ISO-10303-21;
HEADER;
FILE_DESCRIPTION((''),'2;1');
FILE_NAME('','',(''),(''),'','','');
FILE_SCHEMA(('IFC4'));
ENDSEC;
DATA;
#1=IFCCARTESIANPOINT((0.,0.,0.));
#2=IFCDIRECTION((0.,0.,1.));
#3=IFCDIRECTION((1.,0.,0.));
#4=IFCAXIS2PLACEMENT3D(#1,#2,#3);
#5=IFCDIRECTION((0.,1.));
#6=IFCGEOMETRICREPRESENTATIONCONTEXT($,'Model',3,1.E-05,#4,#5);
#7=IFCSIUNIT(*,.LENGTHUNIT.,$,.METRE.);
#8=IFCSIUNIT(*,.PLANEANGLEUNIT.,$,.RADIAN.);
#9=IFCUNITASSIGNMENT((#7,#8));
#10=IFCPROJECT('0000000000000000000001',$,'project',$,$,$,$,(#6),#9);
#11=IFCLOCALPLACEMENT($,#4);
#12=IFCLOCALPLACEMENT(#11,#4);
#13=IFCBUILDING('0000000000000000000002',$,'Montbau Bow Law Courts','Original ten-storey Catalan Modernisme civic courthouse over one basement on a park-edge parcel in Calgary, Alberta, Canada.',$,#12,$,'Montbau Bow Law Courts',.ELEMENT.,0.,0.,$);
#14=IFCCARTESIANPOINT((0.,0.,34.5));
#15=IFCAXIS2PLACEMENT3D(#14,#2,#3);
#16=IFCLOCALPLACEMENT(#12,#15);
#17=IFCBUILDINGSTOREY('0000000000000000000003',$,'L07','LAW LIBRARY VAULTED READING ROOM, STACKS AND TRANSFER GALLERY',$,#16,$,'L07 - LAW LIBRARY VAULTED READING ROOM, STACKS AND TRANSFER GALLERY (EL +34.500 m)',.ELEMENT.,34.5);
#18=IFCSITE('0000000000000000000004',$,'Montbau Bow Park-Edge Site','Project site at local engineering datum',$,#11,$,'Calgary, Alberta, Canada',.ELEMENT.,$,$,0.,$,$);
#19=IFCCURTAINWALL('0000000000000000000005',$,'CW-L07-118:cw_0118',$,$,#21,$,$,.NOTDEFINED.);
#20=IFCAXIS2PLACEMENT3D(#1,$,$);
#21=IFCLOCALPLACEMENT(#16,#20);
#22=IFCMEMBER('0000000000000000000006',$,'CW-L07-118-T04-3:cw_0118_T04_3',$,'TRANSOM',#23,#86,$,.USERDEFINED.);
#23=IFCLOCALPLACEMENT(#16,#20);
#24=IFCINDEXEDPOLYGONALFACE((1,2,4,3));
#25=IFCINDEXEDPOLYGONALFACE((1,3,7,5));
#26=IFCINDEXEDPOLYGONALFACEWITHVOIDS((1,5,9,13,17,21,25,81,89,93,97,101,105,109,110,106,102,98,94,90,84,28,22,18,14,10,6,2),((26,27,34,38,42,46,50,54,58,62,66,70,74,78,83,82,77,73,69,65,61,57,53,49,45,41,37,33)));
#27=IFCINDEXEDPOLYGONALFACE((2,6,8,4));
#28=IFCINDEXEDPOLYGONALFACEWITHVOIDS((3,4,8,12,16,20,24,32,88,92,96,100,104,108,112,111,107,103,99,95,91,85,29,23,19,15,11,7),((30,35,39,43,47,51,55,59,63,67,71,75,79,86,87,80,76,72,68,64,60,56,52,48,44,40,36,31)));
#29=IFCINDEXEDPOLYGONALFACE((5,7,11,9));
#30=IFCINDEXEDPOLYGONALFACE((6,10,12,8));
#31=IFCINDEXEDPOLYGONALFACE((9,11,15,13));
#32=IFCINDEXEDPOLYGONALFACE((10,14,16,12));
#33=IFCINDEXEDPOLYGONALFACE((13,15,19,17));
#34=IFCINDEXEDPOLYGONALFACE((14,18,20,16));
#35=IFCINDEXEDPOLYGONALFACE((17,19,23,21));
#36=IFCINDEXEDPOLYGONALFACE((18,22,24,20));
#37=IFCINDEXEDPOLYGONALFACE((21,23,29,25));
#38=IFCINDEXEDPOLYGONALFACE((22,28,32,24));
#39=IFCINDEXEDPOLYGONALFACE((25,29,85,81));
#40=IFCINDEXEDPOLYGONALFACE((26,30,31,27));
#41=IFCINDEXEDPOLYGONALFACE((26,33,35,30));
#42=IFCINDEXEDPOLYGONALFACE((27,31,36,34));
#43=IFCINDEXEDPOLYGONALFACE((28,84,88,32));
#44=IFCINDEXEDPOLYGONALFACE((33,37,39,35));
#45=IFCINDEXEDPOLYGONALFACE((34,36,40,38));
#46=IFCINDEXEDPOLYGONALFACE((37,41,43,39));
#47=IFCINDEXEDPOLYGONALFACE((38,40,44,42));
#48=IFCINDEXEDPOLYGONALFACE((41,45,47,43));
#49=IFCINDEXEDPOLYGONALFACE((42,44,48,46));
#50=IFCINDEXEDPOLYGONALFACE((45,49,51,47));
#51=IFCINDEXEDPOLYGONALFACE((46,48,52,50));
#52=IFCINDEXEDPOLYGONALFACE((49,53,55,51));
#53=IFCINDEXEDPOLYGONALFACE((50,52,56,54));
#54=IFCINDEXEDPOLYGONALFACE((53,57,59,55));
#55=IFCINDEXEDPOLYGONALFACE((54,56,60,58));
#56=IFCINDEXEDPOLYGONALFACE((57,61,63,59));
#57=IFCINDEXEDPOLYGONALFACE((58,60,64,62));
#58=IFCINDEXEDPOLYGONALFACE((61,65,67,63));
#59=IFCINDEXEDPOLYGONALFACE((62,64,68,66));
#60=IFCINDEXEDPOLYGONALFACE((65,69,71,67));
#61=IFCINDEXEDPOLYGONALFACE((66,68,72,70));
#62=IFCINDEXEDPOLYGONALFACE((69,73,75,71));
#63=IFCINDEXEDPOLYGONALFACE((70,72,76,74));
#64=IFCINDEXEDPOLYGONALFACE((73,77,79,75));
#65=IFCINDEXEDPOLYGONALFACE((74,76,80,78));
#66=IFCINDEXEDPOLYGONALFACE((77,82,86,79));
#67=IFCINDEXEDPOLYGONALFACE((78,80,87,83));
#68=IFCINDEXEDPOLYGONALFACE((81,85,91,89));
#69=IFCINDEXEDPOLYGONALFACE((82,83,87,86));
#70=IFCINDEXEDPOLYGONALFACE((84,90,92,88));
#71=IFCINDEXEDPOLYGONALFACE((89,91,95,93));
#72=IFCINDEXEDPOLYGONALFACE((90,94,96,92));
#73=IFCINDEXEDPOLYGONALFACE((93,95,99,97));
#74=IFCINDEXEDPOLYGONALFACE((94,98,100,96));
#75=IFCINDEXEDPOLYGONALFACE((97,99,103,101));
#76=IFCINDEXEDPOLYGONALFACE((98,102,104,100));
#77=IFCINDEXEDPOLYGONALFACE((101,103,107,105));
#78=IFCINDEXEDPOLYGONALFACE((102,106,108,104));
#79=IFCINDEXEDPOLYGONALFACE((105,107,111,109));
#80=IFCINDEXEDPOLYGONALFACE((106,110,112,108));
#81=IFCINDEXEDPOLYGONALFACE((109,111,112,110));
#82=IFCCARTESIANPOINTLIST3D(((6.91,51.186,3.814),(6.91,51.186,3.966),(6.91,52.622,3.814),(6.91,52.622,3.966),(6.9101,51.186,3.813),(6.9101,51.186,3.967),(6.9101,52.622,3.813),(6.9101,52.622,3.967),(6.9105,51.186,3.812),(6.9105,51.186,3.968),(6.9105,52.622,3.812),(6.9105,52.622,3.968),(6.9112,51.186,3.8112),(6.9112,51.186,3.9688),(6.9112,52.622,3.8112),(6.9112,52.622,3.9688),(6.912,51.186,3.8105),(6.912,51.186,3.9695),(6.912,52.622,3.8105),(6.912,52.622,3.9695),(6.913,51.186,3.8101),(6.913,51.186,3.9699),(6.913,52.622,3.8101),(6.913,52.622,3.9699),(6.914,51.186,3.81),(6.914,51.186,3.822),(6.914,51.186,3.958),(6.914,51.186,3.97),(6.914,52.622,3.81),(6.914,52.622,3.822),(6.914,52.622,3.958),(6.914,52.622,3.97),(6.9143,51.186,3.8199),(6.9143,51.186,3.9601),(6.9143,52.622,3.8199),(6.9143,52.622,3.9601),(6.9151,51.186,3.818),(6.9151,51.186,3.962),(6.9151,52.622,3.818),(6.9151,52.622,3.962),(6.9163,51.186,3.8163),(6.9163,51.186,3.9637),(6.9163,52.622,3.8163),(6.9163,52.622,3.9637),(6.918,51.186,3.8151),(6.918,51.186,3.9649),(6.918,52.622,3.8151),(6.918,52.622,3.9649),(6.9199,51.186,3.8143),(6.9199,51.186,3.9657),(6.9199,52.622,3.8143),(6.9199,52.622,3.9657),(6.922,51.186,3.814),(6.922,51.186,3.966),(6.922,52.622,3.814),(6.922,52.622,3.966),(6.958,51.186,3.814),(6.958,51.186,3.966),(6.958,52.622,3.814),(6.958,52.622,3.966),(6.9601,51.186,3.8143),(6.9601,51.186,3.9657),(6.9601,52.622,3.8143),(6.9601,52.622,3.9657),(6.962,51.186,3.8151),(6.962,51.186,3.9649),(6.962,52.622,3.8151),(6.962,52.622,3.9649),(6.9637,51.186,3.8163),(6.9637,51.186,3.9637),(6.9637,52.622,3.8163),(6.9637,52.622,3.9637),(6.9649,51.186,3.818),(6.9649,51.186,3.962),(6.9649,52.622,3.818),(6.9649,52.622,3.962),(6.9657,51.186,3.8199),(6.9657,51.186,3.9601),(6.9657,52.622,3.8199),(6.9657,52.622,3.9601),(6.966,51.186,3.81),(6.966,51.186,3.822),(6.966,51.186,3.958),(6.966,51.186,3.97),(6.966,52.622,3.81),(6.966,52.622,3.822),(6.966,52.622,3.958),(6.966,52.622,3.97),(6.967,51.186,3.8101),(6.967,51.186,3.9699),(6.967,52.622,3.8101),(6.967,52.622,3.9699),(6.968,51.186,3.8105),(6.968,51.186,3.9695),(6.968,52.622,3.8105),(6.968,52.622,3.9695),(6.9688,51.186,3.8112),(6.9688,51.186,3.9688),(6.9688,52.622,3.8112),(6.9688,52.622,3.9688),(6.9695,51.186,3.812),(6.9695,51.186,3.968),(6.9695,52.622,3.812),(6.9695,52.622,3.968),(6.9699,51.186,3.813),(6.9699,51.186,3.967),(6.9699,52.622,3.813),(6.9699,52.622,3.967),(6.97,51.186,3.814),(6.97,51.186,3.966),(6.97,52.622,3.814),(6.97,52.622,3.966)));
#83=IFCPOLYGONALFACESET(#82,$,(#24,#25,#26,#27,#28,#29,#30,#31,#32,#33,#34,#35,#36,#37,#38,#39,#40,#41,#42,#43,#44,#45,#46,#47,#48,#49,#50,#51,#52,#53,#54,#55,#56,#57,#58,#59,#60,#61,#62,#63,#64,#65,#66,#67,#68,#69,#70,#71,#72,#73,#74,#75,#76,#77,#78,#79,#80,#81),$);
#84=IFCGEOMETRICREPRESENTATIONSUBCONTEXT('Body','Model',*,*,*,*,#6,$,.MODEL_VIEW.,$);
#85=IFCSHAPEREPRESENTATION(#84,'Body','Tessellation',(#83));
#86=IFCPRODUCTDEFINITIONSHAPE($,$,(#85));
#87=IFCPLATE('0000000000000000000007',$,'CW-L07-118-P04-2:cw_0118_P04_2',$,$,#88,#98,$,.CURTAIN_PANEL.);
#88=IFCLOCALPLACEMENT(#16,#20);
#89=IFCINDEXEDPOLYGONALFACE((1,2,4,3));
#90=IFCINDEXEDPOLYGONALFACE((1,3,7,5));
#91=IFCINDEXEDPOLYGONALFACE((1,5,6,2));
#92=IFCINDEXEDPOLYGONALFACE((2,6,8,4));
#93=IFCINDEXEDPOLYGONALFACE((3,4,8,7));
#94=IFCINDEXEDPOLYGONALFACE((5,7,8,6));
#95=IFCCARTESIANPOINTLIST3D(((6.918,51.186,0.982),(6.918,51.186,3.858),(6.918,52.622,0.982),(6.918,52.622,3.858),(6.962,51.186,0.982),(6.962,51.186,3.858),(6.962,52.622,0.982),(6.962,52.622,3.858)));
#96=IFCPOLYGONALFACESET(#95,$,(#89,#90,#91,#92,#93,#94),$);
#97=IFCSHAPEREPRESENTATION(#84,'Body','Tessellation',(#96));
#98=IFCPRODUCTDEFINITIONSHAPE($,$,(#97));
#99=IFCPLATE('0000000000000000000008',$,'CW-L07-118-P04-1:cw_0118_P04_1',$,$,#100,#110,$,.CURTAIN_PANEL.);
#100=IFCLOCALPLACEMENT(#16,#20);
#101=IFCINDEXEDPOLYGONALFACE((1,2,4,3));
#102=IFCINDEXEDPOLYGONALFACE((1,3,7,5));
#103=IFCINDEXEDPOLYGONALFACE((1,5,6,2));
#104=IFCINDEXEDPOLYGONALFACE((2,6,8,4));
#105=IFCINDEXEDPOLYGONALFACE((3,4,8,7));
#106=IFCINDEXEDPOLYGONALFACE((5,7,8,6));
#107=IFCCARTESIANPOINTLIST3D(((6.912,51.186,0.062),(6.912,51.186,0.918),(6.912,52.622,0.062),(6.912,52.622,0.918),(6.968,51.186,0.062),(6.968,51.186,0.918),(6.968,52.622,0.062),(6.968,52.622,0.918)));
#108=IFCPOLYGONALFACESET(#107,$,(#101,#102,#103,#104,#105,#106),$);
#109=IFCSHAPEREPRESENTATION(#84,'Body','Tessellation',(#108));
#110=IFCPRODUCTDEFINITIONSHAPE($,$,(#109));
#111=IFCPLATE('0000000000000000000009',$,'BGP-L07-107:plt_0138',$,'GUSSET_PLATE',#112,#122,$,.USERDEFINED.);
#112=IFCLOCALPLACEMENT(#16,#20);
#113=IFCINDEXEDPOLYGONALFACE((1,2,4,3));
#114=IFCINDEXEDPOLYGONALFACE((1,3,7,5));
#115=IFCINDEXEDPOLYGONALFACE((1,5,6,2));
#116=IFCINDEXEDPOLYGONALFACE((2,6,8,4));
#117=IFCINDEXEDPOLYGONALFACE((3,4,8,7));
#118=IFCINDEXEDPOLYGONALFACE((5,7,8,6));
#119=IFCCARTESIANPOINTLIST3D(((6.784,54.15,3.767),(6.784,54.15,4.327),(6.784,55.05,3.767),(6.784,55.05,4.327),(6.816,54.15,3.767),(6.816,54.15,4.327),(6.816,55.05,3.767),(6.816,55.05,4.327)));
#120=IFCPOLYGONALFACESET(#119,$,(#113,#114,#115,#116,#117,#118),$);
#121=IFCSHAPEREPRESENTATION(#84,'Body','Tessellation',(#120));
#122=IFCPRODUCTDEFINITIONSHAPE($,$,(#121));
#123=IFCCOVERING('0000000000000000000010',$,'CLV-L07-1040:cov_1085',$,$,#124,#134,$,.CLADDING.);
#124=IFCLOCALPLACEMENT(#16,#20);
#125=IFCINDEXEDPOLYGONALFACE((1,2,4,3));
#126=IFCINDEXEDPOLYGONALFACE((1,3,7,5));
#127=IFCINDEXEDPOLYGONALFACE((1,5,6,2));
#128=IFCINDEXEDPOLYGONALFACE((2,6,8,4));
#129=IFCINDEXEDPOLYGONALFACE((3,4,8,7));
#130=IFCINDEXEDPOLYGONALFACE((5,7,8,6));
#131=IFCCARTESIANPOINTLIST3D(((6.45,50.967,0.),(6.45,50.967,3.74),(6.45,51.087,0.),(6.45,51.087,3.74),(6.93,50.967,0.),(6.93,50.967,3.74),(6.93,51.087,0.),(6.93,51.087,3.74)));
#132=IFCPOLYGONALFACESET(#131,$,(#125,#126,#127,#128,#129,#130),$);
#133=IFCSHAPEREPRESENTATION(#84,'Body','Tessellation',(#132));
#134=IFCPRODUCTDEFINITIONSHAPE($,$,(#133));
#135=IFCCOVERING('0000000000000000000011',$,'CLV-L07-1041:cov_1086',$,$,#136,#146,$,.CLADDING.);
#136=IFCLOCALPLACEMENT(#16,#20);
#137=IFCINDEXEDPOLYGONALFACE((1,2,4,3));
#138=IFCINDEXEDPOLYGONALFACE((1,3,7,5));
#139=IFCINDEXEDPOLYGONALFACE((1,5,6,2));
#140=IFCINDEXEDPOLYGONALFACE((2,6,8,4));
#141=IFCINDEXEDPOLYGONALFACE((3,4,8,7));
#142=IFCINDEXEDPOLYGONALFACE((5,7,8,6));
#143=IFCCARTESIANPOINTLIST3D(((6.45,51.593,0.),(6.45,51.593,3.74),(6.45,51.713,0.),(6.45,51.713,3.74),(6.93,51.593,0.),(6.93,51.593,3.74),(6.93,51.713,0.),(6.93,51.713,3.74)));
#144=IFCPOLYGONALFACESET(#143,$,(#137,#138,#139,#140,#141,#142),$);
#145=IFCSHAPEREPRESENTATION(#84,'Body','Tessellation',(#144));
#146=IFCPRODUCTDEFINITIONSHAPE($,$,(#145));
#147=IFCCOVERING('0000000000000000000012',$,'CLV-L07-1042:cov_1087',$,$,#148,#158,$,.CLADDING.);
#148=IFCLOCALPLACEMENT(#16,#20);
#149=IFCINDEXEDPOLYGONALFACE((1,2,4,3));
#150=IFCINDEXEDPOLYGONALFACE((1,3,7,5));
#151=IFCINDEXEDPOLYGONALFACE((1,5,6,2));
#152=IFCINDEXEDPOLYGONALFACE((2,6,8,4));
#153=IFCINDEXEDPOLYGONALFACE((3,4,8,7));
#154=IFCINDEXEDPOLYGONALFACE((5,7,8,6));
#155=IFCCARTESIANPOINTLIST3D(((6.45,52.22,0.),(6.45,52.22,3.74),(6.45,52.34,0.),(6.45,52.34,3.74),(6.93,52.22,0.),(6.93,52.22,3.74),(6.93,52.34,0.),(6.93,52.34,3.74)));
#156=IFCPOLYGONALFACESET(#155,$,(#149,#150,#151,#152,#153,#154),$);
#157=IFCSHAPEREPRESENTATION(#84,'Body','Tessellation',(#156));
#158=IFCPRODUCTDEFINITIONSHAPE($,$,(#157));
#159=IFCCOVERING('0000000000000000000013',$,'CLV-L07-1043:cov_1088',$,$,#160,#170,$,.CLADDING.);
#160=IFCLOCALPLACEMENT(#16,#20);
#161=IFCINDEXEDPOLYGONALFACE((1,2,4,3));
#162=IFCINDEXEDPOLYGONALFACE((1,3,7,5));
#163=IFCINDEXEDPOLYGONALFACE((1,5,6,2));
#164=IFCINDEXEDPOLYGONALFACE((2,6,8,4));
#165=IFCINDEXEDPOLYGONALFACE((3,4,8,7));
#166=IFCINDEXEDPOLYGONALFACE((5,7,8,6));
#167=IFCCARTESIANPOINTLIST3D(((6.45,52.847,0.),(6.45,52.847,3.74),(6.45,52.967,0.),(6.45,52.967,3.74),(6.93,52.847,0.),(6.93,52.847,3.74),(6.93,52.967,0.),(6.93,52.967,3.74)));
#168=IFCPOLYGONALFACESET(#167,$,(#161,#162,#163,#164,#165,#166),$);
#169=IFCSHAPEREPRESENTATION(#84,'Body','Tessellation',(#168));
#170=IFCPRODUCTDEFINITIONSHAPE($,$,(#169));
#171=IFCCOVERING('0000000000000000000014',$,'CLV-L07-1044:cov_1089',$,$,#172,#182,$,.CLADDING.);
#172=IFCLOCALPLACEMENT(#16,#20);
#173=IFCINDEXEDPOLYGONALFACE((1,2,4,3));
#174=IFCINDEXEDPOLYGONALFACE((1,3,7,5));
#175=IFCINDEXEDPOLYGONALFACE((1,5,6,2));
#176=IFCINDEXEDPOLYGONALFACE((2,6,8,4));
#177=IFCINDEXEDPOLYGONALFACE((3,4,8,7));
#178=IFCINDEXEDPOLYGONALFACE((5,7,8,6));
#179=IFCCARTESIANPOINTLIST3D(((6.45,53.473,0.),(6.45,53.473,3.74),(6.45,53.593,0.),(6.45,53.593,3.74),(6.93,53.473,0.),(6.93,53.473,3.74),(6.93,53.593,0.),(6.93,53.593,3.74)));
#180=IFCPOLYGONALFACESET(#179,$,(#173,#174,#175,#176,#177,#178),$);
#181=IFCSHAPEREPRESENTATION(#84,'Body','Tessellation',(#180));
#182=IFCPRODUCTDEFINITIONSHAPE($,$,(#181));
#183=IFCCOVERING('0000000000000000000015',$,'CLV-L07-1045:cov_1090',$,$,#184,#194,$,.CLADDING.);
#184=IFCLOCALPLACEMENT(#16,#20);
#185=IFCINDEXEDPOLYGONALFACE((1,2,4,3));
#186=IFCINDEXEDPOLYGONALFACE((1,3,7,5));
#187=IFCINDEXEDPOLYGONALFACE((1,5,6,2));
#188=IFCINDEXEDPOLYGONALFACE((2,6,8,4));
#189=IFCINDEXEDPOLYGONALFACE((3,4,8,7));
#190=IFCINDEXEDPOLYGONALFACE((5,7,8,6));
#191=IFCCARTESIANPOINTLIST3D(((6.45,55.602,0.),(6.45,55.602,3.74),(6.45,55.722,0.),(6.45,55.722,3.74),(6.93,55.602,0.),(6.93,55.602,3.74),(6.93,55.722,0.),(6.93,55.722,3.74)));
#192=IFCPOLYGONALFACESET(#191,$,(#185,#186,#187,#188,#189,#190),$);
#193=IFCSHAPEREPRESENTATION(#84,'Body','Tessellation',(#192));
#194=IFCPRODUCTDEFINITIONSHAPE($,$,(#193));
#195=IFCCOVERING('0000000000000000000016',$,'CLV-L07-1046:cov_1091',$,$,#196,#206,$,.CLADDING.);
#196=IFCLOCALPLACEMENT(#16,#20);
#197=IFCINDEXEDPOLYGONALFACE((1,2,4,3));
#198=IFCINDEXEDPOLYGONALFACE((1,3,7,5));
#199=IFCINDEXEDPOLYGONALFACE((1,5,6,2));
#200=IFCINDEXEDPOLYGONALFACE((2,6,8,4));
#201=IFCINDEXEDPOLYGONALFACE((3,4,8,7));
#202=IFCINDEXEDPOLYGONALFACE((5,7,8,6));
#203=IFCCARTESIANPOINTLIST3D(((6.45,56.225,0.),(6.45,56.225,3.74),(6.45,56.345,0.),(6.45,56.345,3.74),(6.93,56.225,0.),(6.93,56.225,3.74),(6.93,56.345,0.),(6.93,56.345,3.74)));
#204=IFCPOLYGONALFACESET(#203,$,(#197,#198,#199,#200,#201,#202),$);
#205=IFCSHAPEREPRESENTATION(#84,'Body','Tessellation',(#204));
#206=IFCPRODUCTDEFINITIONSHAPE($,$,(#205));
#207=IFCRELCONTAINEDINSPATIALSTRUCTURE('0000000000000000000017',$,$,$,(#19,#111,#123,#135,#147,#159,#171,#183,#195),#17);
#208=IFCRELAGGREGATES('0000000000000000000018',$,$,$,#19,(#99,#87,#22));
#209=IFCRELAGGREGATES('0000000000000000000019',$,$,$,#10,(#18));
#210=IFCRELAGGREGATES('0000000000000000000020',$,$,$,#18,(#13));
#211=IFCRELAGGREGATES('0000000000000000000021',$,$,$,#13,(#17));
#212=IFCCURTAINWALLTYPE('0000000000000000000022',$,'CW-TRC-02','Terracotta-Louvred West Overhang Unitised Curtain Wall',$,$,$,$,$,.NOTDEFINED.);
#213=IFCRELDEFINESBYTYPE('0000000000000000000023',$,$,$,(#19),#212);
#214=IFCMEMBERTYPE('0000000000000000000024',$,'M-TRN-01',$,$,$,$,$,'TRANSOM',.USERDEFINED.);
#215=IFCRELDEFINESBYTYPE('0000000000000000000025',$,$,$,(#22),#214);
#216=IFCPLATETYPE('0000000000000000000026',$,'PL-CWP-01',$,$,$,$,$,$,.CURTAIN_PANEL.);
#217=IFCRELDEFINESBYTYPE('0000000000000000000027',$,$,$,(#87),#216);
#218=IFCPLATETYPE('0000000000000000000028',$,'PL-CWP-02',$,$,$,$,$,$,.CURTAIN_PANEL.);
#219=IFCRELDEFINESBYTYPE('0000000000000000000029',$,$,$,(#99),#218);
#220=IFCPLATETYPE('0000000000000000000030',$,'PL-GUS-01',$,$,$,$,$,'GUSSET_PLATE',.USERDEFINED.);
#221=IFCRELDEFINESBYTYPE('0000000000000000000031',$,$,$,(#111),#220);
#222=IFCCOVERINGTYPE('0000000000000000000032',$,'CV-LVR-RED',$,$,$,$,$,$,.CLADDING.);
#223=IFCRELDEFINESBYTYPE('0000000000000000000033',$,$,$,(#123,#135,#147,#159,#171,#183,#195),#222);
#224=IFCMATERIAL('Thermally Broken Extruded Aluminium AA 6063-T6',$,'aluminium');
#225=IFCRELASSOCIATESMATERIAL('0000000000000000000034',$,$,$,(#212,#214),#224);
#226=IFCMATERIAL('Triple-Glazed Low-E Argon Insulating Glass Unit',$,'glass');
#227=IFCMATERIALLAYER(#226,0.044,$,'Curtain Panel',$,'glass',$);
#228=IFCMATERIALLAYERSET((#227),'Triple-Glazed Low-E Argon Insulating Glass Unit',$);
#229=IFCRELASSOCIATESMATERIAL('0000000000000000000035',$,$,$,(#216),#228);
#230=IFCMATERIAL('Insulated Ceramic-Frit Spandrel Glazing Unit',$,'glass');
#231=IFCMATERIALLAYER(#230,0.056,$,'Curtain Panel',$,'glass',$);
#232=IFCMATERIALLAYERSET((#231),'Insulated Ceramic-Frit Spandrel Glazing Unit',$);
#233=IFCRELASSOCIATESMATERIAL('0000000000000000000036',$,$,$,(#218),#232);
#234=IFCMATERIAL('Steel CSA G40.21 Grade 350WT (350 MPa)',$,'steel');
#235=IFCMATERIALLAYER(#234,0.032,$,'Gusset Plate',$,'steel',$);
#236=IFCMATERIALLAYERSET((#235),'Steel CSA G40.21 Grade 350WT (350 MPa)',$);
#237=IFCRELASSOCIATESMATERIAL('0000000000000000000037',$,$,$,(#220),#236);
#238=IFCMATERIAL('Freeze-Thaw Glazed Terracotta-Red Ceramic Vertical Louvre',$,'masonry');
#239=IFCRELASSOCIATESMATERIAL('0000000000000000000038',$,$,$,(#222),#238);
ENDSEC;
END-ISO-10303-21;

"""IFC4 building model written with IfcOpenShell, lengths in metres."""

from ifc_helpers import new_model, si_unit, direction, frame, frame_2d, origin_with_axes, origin_2d_with_axis, place, context, subcontext, project, spatial, rectangle, hollow_rectangle, extrude, material, layer, layer_set, material_profile, profile_set, type_object, element, aggregate, save


model = new_model("IFC4")

# Units and contexts
model_context = context("Model", 3, precision=1e-05, world=origin_with_axes(), true_north=direction((0.0, 1.0)))
body_context = subcontext(model_context, "Body", "Model", "MODEL_VIEW")
ifc_project = project(units=[si_unit("LENGTHUNIT", "METRE"), si_unit("PLANEANGLEUNIT", "RADIAN")], contexts=[model_context])

# Site, building, storey
site_placement = place(None, origin_with_axes())
site = spatial("IfcSite", under=ifc_project, at=site_placement, Name="Montbau Bow Park-Edge Site", Description="Project site at local engineering datum", LongName="Calgary, Alberta, Canada", CompositionType="ELEMENT", RefElevation=0.0)
building_placement = place(site_placement, origin_with_axes())
building = spatial("IfcBuilding", under=site, at=building_placement, Name="Montbau Bow Law Courts", Description="Original ten-storey Catalan Modernisme civic courthouse over one basement on a park-edge parcel in Calgary, Alberta, Canada.", LongName="Montbau Bow Law Courts", CompositionType="ELEMENT", ElevationOfRefHeight=0.0, ElevationOfTerrain=0.0)
storey_placement = place(building_placement, frame((0.0, 0.0, 34.5), z_axis=(0.0, 0.0, 1.0), x_axis=(1.0, 0.0, 0.0)))
storey = spatial("IfcBuildingStorey", under=building, at=storey_placement, Name="L07", Description="LAW LIBRARY VAULTED READING ROOM, STACKS AND TRANSFER GALLERY", LongName="L07 - LAW LIBRARY VAULTED READING ROOM, STACKS AND TRANSFER GALLERY (EL +34.500 m)", CompositionType="ELEMENT", Elevation=34.5)

# Shared definitions
ifc_material_1 = material(Name="Steel CSA G40.21 Grade 350WT (350 MPa)", Category="steel")

# Curtain wall, member, plates
ifc_material_2 = material(Name="Thermally Broken Extruded Aluminium AA 6063-T6", Category="aluminium")
curtain_wall_type = type_object("IfcCurtainWallType", Name="CW-TRC-02", Description="Terracotta-Louvred West Overhang Unitised Curtain Wall", PredefinedType="NOTDEFINED", material=ifc_material_2)
curtain_wall_placement = place(None, frame((6.94, 46.64, 34.5), z_axis=(0.0, 0.0, 1.0), x_axis=(1.0, 0.0, 0.0)))
curtain_wall = element("IfcCurtainWall", 1, at=curtain_wall_placement, inside=storey, type_object=curtain_wall_type, Name="CW-L07-118:cw_0118", PredefinedType="NOTDEFINED")
ifc_material_profile_1 = material_profile(ifc_material_2, hollow_rectangle(XDim=0.06, YDim=0.16, WallThickness=0.004, InnerFilletRadius=0.008, OuterFilletRadius=0.004, at=origin_2d_with_axis()), Name="CWT-160X60", Category="Main", Priority=0)
ifc_profile_set_1 = profile_set([ifc_material_profile_1], Name="Thermally Broken Extruded Aluminium AA 6063-T6")
member_type_1 = type_object("IfcMemberType", Name="M-TRN-01", ElementType="TRANSOM", PredefinedType="USERDEFINED", material=ifc_profile_set_1)
member_1_placement = place(None, frame((6.94, 51.186, 38.39), z_axis=(0.0, 1.0, 0.0), x_axis=(-1.0, 0.0, 0.0)))
member_1 = element("IfcMember", 2, at=member_1_placement, type_object=member_type_1, Name="CW-L07-118-T04-3:cw_0118_T04_3", ObjectType="TRANSOM", PredefinedType="USERDEFINED", context=body_context, shape_type="SweptSolid", body=[
    extrude(hollow_rectangle(XDim=0.06, YDim=0.16, WallThickness=0.004, InnerFilletRadius=0.008, OuterFilletRadius=0.004, at=origin_2d_with_axis()), origin_with_axes(), (0.0, 0.0, 1.0), 1.436),
])
ifc_material_3 = material(Name="Triple-Glazed Low-E Argon Insulating Glass Unit", Category="glass")
ifc_layer_1 = layer(ifc_material_3, 0.044, Name="Curtain Panel", Category="glass")
ifc_layer_set_1 = layer_set([ifc_layer_1], Name="Triple-Glazed Low-E Argon Insulating Glass Unit")
plate_type_1 = type_object("IfcPlateType", Name="PL-CWP-01", PredefinedType="CURTAIN_PANEL", material=ifc_layer_set_1)
plate_1_placement = place(None, frame((6.94, 51.186, 35.482), z_axis=(1.0, 0.0, 0.0), x_axis=(0.0, 1.0, 0.0)))
plate_1 = element("IfcPlate", 3, at=plate_1_placement, type_object=plate_type_1, Name="CW-L07-118-P04-2:cw_0118_P04_2", PredefinedType="CURTAIN_PANEL", context=body_context, shape_type="SweptSolid", body=[
    extrude(rectangle(XDim=1.436, YDim=2.876, at=frame_2d((0.718, 1.438), x_axis=(1.0, 0.0))), frame((0.0, 0.0, -0.022), z_axis=(0.0, 0.0, 1.0), x_axis=(1.0, 0.0, 0.0)), (0.0, 0.0, 1.0), 0.044),
])
ifc_material_4 = material(Name="Insulated Ceramic-Frit Spandrel Glazing Unit", Category="glass")
ifc_layer_2 = layer(ifc_material_4, 0.056, Name="Curtain Panel", Category="glass")
ifc_layer_set_2 = layer_set([ifc_layer_2], Name="Insulated Ceramic-Frit Spandrel Glazing Unit")
plate_type_2 = type_object("IfcPlateType", Name="PL-CWP-02", PredefinedType="CURTAIN_PANEL", material=ifc_layer_set_2)
plate_2_placement = place(None, frame((6.94, 51.186, 34.562), z_axis=(1.0, 0.0, 0.0), x_axis=(0.0, 1.0, 0.0)))
plate_2 = element("IfcPlate", 4, at=plate_2_placement, type_object=plate_type_2, Name="CW-L07-118-P04-1:cw_0118_P04_1", PredefinedType="CURTAIN_PANEL", context=body_context, shape_type="SweptSolid", body=[
    extrude(rectangle(XDim=1.436, YDim=0.856, at=frame_2d((0.718, 0.428), x_axis=(1.0, 0.0))), frame((0.0, 0.0, -0.028), z_axis=(0.0, 0.0, 1.0), x_axis=(1.0, 0.0, 0.0)), (0.0, 0.0, 1.0), 0.056),
])
aggregate(curtain_wall, [plate_2, plate_1, member_1])

# Plate
ifc_layer_3 = layer(ifc_material_1, 0.032, Name="Gusset Plate", Category="steel")
ifc_layer_set_3 = layer_set([ifc_layer_3], Name="Steel CSA G40.21 Grade 350WT (350 MPa)")
plate_type_3 = type_object("IfcPlateType", Name="PL-GUS-01", ElementType="GUSSET_PLATE", PredefinedType="USERDEFINED", material=ifc_layer_set_3)
plate_3_placement = place(None, frame((6.8, 54.6, 38.267), z_axis=(0.0, 0.0, 1.0), x_axis=(0.0, 1.0, 0.0)))
element("IfcPlate", 5, at=plate_3_placement, inside=storey, type_object=plate_type_3, Name="BGP-L07-107:plt_0138", ObjectType="GUSSET_PLATE", PredefinedType="USERDEFINED", context=body_context, shape_type="SweptSolid", body=[
    extrude(rectangle(XDim=0.9, YDim=0.032, at=origin_2d_with_axis()), origin_with_axes(), (0.0, 0.0, 1.0), 0.56),
])

# Coverings
ifc_material_5 = material(Name="Freeze-Thaw Glazed Terracotta-Red Ceramic Vertical Louvre", Category="masonry")
covering_type = type_object("IfcCoveringType", Name="CV-LVR-RED", PredefinedType="CLADDING", material=ifc_material_5)
for number, where, z_axis, x_axis, name in (
    (6, (6.93, 51.027, 34.5), (0.0, 1.0, 0.0), (-1.0, 0.0, 0.0), "CLV-L07-1040:cov_1085"),
    (7, (6.93, 51.653, 34.5), (0.0, 1.0, 0.0), (-1.0, 0.0, 0.0), "CLV-L07-1041:cov_1086"),
    (8, (6.93, 52.28, 34.5), (0.0, 1.0, 0.0), (-1.0, 0.0, 0.0), "CLV-L07-1042:cov_1087"),
    (9, (6.93, 52.907, 34.5), (0.0, 1.0, 0.0), (-1.0, 0.0, 0.0), "CLV-L07-1043:cov_1088"),
    (10, (6.93, 53.533, 34.5), (0.0, 1.0, 0.0), (-1.0, 0.0, 0.0), "CLV-L07-1044:cov_1089"),
    (11, (6.93, 55.662, 34.5), (0.0, 1.0, 0.0), (-1.0, 0.0, 0.0), "CLV-L07-1045:cov_1090"),
    (12, (6.93, 56.285, 34.5), (0.0, 1.0, 0.0), (-1.0, 0.0, 0.0), "CLV-L07-1046:cov_1091"),
):
    element("IfcCovering", number, at=place(None, frame(where, z_axis=z_axis, x_axis=x_axis)), inside=storey, type_object=covering_type, Name=name, PredefinedType="CLADDING", context=body_context, shape_type="SweptSolid", body=[
        extrude(rectangle(XDim=0.48, YDim=3.74, at=frame_2d((0.24, 1.87), x_axis=(1.0, 0.0))), frame((0.0, 0.0, -0.06), z_axis=(0.0, 0.0, 1.0), x_axis=(1.0, 0.0, 0.0)), (0.0, 0.0, 1.0), 0.12),
    ])

save(model, "model.ifc")
